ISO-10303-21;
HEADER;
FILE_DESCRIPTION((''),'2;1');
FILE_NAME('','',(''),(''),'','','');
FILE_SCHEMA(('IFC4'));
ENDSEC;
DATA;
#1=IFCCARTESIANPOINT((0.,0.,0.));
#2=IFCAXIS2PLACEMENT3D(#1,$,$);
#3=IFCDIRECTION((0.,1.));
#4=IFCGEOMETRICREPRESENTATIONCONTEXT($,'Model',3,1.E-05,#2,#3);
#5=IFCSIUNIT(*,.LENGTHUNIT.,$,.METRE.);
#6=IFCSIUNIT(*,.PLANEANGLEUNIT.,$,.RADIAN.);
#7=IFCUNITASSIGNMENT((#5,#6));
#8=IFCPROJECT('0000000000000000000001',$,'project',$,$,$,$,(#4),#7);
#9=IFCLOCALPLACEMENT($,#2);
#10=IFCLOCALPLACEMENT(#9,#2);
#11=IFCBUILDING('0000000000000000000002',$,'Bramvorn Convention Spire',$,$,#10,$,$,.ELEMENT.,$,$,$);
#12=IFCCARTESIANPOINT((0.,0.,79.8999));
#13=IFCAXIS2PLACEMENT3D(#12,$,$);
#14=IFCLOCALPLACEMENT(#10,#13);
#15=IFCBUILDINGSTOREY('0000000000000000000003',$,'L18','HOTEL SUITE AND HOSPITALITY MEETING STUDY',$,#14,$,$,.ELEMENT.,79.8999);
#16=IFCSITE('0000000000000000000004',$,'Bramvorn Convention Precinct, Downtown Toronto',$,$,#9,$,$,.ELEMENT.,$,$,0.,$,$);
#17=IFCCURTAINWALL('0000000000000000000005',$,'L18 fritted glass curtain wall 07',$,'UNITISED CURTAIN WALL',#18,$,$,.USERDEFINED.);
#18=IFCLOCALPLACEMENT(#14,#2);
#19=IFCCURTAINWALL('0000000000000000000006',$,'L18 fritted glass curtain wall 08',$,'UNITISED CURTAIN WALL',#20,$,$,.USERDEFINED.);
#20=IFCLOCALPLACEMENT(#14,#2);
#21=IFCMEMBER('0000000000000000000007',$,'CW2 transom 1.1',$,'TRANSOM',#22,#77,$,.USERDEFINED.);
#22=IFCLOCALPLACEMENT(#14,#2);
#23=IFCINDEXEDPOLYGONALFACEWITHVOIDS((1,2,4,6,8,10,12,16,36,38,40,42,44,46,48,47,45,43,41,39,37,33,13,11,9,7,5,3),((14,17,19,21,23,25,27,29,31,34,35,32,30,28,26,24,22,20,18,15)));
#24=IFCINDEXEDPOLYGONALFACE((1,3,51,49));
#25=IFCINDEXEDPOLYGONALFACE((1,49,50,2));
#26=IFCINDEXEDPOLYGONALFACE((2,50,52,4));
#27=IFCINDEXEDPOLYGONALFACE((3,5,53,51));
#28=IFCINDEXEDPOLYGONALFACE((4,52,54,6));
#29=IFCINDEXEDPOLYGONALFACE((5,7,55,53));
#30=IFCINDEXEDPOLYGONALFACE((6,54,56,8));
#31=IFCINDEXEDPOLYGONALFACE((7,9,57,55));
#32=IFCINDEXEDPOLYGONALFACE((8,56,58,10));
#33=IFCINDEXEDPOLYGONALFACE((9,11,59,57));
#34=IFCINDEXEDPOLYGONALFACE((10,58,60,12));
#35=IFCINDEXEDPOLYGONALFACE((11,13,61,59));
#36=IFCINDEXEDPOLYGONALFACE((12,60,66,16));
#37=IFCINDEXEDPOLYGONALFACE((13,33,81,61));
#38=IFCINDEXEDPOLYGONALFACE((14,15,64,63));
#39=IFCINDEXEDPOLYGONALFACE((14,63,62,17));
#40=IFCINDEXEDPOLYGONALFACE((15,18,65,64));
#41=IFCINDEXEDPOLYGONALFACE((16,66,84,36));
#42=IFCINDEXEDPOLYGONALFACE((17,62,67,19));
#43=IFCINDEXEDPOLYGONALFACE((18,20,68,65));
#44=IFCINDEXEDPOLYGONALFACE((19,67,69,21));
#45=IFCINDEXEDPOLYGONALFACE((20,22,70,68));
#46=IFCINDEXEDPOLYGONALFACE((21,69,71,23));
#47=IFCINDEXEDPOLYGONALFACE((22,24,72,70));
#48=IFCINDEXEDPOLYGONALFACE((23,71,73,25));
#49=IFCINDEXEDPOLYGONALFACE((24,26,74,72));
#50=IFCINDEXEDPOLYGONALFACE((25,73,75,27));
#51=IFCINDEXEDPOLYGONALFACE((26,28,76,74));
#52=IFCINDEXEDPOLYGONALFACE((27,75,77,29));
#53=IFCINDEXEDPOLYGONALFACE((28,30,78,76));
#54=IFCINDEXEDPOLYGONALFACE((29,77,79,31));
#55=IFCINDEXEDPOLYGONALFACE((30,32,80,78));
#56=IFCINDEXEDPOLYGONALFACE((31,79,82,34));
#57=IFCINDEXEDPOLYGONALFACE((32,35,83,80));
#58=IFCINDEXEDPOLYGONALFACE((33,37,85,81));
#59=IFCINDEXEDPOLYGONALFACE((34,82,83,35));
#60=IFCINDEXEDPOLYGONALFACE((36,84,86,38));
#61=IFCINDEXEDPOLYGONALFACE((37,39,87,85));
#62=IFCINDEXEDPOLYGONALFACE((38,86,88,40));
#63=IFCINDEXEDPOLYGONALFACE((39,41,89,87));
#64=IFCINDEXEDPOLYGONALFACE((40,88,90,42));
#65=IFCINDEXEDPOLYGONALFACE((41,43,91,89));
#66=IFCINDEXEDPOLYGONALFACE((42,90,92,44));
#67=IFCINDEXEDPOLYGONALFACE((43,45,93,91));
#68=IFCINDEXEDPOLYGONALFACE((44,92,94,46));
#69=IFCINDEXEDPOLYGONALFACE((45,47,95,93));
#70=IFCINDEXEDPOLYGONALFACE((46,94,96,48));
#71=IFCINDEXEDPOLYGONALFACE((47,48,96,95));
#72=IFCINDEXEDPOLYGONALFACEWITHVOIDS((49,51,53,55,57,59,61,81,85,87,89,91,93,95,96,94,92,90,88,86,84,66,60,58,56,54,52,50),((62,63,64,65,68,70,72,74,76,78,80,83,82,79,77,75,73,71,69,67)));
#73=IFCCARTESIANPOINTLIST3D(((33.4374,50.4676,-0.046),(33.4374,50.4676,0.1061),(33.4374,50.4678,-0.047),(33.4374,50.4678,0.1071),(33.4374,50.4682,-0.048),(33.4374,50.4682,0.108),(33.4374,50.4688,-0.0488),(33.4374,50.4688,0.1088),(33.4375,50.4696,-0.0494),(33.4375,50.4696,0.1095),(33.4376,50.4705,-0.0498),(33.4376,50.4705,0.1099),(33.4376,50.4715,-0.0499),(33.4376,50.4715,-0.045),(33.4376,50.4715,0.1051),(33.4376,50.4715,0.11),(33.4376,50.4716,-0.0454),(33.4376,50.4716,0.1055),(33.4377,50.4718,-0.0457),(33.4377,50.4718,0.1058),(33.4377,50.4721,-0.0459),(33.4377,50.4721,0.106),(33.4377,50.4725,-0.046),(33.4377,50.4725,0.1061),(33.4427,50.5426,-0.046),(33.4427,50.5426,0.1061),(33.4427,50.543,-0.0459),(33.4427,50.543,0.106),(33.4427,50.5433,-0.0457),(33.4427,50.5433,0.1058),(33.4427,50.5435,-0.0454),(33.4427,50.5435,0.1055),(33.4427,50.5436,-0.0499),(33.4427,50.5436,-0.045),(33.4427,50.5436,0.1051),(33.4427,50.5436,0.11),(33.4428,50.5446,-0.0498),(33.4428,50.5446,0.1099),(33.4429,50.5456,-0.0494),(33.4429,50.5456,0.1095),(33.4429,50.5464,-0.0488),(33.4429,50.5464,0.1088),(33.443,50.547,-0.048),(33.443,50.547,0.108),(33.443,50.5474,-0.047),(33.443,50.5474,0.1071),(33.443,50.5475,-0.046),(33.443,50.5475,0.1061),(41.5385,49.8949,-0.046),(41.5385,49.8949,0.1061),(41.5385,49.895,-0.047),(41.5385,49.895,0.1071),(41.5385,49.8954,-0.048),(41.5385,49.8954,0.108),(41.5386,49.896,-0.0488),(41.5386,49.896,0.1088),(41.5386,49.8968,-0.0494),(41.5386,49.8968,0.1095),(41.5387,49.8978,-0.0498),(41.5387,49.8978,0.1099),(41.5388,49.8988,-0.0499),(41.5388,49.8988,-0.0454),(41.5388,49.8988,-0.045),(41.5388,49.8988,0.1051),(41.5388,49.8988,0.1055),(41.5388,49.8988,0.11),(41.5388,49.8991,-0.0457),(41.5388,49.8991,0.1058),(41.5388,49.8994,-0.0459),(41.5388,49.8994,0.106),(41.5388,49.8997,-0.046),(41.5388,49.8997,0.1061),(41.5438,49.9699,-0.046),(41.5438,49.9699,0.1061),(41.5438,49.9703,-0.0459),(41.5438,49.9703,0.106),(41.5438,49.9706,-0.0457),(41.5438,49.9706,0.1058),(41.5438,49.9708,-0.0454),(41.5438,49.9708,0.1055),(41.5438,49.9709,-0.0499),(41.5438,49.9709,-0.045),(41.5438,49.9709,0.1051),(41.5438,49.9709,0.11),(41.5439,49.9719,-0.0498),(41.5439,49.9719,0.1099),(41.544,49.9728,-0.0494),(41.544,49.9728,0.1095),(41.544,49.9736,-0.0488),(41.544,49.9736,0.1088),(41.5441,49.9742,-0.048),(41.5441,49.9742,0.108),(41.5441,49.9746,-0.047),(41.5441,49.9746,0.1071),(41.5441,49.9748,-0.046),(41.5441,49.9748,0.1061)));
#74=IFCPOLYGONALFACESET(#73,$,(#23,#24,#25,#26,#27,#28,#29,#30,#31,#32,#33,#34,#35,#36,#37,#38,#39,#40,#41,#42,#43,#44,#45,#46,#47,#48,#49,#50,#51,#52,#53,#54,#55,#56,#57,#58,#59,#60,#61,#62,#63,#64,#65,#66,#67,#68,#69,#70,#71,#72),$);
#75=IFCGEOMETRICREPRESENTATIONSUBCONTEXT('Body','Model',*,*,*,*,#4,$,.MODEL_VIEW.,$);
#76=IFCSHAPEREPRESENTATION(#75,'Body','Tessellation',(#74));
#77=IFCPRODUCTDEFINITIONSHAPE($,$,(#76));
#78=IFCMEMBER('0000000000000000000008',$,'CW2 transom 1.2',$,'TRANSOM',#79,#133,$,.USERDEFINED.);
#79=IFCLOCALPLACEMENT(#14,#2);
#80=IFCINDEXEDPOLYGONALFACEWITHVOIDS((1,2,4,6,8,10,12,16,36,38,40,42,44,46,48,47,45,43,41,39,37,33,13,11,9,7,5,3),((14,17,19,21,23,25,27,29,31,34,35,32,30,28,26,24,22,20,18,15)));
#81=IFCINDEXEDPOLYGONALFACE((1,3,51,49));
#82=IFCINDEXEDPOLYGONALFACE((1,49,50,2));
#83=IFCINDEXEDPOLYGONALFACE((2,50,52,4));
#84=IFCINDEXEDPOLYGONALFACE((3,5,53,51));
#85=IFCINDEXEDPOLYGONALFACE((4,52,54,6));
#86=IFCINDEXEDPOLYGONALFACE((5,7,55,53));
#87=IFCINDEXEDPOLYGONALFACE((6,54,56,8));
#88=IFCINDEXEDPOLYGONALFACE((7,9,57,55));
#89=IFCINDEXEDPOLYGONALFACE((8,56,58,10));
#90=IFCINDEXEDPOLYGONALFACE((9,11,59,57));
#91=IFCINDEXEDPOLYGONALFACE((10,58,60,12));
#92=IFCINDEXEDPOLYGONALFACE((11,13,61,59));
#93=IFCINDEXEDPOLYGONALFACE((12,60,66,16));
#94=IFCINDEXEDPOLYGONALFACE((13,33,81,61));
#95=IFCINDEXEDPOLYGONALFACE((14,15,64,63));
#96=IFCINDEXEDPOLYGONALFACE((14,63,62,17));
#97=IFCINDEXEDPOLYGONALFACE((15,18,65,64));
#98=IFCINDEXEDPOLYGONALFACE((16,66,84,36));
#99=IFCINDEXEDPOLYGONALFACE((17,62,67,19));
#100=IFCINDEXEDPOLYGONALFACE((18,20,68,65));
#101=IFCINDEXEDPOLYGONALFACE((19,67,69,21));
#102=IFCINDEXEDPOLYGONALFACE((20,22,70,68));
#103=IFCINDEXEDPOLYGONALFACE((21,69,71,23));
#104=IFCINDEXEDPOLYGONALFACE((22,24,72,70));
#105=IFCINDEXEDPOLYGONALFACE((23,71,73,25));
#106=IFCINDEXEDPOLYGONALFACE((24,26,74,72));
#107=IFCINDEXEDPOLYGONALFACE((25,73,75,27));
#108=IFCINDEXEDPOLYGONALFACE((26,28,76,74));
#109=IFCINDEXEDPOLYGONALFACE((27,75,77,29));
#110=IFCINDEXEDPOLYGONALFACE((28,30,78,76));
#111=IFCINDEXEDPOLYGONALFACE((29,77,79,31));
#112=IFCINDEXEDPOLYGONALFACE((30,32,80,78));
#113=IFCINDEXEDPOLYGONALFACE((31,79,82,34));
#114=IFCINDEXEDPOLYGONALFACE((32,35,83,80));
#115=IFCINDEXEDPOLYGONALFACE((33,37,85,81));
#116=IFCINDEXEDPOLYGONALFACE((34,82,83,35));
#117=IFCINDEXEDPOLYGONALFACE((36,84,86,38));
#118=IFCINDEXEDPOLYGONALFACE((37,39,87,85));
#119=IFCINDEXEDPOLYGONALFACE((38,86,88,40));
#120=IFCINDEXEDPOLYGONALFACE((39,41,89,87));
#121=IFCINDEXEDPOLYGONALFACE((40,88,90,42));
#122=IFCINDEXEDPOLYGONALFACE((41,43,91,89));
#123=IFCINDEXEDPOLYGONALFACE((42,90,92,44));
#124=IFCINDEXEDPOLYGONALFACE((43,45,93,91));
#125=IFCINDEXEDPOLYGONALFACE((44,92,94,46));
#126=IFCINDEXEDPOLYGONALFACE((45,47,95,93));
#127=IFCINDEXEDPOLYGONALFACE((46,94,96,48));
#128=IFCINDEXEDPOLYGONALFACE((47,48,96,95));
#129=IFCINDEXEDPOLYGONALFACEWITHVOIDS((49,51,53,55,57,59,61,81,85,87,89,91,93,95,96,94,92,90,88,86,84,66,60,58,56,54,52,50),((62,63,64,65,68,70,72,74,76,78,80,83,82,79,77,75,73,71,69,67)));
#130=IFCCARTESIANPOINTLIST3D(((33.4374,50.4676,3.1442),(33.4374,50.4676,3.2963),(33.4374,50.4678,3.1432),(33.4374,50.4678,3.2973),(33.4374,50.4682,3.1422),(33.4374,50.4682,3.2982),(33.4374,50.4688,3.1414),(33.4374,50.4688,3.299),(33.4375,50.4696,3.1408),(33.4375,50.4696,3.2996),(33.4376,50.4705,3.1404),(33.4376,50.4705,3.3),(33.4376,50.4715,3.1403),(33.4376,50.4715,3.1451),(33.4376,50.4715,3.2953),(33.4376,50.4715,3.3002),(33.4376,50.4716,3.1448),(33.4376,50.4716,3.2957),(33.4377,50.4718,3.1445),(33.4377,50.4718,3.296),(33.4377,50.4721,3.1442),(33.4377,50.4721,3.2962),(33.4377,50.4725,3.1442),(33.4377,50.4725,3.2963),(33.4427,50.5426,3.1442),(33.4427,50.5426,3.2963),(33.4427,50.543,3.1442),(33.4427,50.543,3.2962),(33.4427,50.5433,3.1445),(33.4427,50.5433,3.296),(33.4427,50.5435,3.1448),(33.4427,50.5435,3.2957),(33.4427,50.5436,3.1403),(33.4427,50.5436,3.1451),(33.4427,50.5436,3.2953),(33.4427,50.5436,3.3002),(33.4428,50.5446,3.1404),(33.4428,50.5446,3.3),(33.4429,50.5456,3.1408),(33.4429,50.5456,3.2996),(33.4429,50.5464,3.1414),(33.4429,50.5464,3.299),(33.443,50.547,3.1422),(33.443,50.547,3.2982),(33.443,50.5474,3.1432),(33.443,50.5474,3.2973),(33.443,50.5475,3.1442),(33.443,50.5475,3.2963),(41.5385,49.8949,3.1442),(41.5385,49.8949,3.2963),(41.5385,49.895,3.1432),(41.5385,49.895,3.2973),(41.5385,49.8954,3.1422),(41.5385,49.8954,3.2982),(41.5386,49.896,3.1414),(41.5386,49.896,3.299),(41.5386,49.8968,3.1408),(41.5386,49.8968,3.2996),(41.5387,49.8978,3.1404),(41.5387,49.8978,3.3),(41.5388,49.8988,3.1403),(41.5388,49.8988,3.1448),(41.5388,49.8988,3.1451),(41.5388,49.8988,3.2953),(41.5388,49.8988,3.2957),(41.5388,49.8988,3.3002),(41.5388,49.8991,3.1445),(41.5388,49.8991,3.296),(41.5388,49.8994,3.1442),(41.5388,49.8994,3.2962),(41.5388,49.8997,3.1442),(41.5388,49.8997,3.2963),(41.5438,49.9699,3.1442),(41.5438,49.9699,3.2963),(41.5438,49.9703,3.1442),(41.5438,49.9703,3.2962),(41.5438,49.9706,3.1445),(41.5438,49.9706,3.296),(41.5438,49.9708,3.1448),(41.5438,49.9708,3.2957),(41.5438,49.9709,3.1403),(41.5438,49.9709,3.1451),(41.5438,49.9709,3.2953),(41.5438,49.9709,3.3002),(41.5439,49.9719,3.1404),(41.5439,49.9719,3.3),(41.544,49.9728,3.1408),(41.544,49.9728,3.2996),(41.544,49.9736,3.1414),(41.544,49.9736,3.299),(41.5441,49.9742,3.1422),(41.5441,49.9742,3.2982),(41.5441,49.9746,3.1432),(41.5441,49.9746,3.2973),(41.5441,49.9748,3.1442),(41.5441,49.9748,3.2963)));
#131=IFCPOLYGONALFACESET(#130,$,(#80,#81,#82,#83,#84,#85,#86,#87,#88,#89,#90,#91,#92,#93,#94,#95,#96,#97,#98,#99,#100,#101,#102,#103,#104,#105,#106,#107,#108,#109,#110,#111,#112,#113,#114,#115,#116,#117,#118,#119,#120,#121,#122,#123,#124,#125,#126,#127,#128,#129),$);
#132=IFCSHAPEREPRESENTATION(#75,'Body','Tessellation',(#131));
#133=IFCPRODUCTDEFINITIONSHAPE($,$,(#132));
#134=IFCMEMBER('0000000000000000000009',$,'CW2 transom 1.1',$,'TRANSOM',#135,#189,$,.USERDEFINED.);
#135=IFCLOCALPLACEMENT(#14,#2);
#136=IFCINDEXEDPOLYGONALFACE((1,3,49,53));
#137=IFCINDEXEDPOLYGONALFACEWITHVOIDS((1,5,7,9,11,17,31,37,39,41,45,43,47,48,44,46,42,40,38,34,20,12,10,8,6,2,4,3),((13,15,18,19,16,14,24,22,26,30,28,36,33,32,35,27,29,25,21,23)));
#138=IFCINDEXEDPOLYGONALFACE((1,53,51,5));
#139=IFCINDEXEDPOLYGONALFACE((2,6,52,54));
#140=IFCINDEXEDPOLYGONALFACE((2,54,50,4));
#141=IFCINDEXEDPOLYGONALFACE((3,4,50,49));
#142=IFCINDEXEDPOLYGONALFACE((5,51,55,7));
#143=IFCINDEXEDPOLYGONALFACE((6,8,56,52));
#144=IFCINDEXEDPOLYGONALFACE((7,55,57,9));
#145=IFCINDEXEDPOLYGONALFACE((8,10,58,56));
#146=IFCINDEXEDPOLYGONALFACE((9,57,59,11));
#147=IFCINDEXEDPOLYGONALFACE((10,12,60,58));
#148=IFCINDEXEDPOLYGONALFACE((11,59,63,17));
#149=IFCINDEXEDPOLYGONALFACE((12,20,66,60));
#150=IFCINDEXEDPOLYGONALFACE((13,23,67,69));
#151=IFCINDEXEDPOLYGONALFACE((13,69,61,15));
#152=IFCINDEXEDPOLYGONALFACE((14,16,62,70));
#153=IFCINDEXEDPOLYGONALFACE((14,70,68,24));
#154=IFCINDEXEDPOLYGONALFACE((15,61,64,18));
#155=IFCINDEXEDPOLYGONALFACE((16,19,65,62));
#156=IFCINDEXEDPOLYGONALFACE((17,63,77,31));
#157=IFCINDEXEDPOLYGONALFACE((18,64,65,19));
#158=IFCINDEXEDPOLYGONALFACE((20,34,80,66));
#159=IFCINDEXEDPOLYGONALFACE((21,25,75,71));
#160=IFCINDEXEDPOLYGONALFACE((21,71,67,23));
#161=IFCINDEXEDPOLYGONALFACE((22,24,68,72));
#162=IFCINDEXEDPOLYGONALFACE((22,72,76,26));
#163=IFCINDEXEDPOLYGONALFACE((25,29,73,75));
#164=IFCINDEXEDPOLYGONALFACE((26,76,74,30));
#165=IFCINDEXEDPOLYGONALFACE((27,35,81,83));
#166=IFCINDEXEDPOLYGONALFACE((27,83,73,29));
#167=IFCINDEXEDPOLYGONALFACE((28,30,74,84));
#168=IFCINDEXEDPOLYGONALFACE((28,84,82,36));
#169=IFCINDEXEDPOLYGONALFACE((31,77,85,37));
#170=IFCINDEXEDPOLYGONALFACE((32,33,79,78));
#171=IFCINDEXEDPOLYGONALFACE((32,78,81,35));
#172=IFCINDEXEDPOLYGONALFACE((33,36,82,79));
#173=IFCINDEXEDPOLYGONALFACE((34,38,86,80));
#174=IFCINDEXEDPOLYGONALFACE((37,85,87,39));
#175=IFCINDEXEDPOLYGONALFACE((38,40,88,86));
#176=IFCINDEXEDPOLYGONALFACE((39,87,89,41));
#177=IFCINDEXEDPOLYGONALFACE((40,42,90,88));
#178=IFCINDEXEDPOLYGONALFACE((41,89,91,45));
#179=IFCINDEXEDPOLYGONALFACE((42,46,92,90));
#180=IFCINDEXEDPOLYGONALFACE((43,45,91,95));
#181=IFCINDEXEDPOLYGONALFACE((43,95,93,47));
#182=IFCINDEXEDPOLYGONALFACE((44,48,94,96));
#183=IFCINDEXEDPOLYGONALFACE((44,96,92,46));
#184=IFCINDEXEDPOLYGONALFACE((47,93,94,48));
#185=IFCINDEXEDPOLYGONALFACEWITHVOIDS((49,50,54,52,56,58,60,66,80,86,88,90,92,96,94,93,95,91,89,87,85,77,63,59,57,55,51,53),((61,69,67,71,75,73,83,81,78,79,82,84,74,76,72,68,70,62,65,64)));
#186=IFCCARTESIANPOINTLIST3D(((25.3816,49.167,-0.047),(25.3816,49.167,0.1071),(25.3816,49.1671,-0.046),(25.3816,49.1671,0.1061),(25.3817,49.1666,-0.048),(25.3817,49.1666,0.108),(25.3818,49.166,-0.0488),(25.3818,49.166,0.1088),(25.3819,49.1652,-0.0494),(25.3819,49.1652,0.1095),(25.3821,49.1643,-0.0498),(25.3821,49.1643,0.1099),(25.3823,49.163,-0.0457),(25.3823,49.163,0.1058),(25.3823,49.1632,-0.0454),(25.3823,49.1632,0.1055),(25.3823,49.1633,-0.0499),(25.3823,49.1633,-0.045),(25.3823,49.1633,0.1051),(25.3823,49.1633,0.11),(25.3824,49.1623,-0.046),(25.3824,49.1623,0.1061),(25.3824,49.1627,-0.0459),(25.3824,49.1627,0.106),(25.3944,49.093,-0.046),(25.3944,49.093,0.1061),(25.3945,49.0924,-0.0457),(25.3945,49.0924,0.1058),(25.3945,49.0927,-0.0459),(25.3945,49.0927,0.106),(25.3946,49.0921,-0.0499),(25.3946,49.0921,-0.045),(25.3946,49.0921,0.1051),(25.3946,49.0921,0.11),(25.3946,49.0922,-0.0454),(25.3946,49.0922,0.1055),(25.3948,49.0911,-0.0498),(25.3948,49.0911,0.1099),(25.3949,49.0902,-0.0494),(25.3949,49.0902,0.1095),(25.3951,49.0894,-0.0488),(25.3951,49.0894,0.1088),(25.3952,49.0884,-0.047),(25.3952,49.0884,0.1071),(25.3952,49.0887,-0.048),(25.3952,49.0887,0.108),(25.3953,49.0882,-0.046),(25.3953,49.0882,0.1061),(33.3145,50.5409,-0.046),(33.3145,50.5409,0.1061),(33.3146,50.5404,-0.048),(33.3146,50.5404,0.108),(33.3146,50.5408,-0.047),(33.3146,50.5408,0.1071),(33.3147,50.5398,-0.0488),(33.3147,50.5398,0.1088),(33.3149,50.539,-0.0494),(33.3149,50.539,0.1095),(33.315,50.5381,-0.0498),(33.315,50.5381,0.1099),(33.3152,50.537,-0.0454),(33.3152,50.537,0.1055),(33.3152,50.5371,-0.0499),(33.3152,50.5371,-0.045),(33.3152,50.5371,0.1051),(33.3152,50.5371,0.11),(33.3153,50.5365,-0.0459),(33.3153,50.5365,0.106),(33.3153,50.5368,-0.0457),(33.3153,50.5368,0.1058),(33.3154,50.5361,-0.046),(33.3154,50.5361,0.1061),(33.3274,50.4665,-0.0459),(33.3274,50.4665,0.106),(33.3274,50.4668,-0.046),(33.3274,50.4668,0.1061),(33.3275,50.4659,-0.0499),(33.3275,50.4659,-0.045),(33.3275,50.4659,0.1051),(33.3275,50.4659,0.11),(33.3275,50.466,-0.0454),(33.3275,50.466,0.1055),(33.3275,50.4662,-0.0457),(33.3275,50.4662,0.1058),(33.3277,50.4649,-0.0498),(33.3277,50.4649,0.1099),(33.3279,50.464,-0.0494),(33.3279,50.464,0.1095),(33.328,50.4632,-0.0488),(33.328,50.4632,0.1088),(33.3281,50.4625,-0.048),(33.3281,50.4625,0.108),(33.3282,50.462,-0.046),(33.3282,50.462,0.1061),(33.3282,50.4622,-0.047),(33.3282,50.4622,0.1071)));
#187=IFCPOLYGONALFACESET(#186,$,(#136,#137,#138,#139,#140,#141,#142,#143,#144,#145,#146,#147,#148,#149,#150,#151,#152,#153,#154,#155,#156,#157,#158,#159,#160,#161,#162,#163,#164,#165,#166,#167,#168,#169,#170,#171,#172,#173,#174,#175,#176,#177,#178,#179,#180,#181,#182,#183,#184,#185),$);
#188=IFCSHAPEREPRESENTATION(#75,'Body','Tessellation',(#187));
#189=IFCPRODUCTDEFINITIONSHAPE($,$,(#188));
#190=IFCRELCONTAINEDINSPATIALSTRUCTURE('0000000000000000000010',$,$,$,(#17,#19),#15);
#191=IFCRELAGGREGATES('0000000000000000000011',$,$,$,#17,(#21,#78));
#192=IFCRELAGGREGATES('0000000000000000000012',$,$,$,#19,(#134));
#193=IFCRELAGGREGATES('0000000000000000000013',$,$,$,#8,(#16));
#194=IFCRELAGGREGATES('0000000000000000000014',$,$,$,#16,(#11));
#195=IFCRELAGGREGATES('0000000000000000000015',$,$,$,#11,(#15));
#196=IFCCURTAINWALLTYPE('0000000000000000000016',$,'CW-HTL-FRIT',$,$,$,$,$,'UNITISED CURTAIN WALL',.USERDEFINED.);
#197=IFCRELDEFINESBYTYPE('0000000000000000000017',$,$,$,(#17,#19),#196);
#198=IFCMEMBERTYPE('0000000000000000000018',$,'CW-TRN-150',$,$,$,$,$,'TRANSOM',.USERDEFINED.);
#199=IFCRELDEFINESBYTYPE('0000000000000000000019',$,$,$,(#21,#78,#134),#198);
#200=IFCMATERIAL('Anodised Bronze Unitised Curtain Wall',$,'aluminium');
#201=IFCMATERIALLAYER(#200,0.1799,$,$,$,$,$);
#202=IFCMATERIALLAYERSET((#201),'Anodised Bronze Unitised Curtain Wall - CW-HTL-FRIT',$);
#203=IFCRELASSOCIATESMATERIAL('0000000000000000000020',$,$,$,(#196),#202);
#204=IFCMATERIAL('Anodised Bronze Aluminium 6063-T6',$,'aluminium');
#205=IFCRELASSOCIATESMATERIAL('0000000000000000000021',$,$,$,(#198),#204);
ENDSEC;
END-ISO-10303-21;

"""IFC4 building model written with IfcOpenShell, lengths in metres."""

from ifc_helpers import new_model, si_unit, direction, frame, origin, origin_2d, place, context, subcontext, project, spatial, hollow_rectangle, extrude, material, layer, layer_set, material_profile, profile_set, type_object, element, aggregate, save


model = new_model("IFC4")

# Units and contexts
model_context = context("Model", 3, precision=1e-05, world=origin(), true_north=direction((0.0, 1.0)))
body_context = subcontext(model_context, "Body", "Model", "MODEL_VIEW")
ifc_project = project(units=[si_unit("LENGTHUNIT", "METRE"), si_unit("PLANEANGLEUNIT", "RADIAN")], contexts=[model_context])

# Site, building, storey
site_placement = place(None, origin())
site = spatial("IfcSite", under=ifc_project, at=site_placement, Name="Bramvorn Convention Precinct, Downtown Toronto", CompositionType="ELEMENT", RefElevation=0.0)
building_placement = place(site_placement, origin())
building = spatial("IfcBuilding", under=site, at=building_placement, Name="Bramvorn Convention Spire", CompositionType="ELEMENT")
storey_placement = place(building_placement, frame((0.0, 0.0, 79.8999)))
storey = spatial("IfcBuildingStorey", under=building, at=storey_placement, Name="L18", Description="HOTEL SUITE AND HOSPITALITY MEETING STUDY", CompositionType="ELEMENT", Elevation=79.8999)

# Curtain walls
ifc_material_1 = material(Name="Anodised Bronze Unitised Curtain Wall", Category="aluminium")
ifc_layer_1 = layer(ifc_material_1, 0.1799)
ifc_layer_set_1 = layer_set([ifc_layer_1], Name="Anodised Bronze Unitised Curtain Wall - CW-HTL-FRIT")
curtain_wall_type = type_object("IfcCurtainWallType", Name="CW-HTL-FRIT", ElementType="UNITISED CURTAIN WALL", PredefinedType="USERDEFINED", material=ifc_layer_set_1)
curtain_wall_1_placement = place(storey_placement, origin())
curtain_wall_1 = element("IfcCurtainWall", 1, at=curtain_wall_1_placement, inside=storey, type_object=curtain_wall_type, Name="L18 fritted glass curtain wall 07", ObjectType="UNITISED CURTAIN WALL", PredefinedType="USERDEFINED")
ifc_material_2 = material(Name="Anodised Bronze Aluminium 6063-T6", Category="aluminium")
curtain_wall_2_placement = place(storey_placement, origin())
curtain_wall_2 = element("IfcCurtainWall", 2, at=curtain_wall_2_placement, inside=storey, type_object=curtain_wall_type, Name="L18 fritted glass curtain wall 08", ObjectType="UNITISED CURTAIN WALL", PredefinedType="USERDEFINED")

# Members
ifc_material_profile_1 = material_profile(ifc_material_2, hollow_rectangle(XDim=0.0801, YDim=0.1599, WallThickness=0.0039, InnerFilletRadius=0.001, OuterFilletRadius=0.0039, at=origin_2d()))
ifc_profile_set_1 = profile_set([ifc_material_profile_1], Name="Anodised Bronze Aluminium 6063-T6 - CWT80X160")
member_type_1 = type_object("IfcMemberType", Name="CW-TRN-150", ElementType="TRANSOM", PredefinedType="USERDEFINED", material=ifc_profile_set_1)
member_1_placement = place(storey_placement, frame((33.4402, 50.5076, 0.03), z_axis=(0.99751, -0.070525, 0.0), x_axis=(0.070525, 0.99751, 0.0)))
member_1 = element("IfcMember", 3, at=member_1_placement, type_object=member_type_1, Name="CW2 transom 1.1", ObjectType="TRANSOM", PredefinedType="USERDEFINED", context=body_context, shape_type="SweptSolid", body=[
    extrude(hollow_rectangle(XDim=0.0801, YDim=0.1599, WallThickness=0.0039, InnerFilletRadius=0.001, OuterFilletRadius=0.0039, at=origin_2d()), origin(), (0.0, 0.0, 1.0), 8.1213),
])
member_2_placement = place(storey_placement, frame((33.4402, 50.5076, 3.2202), z_axis=(0.99751, -0.070525, 0.0), x_axis=(0.070525, 0.99751, 0.0)))
member_2 = element("IfcMember", 4, at=member_2_placement, type_object=member_type_1, Name="CW2 transom 1.2", ObjectType="TRANSOM", PredefinedType="USERDEFINED", context=body_context, shape_type="SweptSolid", body=[
    extrude(hollow_rectangle(XDim=0.0801, YDim=0.1599, WallThickness=0.0039, InnerFilletRadius=0.001, OuterFilletRadius=0.0039, at=origin_2d()), origin(), (0.0, 0.0, 1.0), 8.1213),
])
aggregate(curtain_wall_1, [member_1, member_2])
member_3_placement = place(storey_placement, frame((25.3884, 49.1277, 0.03), z_axis=(0.985334, 0.170636, 0.0), x_axis=(-0.170636, 0.985334, 0.0)))
member_3 = element("IfcMember", 5, at=member_3_placement, type_object=member_type_1, Name="CW2 transom 1.1", ObjectType="TRANSOM", PredefinedType="USERDEFINED", context=body_context, shape_type="SweptSolid", body=[
    extrude(hollow_rectangle(XDim=0.0801, YDim=0.1599, WallThickness=0.0039, InnerFilletRadius=0.001, OuterFilletRadius=0.0039, at=origin_2d()), origin(), (0.0, 0.0, 1.0), 8.051),
])

aggregate(curtain_wall_2, [member_3])

save(model, "model.ifc")
